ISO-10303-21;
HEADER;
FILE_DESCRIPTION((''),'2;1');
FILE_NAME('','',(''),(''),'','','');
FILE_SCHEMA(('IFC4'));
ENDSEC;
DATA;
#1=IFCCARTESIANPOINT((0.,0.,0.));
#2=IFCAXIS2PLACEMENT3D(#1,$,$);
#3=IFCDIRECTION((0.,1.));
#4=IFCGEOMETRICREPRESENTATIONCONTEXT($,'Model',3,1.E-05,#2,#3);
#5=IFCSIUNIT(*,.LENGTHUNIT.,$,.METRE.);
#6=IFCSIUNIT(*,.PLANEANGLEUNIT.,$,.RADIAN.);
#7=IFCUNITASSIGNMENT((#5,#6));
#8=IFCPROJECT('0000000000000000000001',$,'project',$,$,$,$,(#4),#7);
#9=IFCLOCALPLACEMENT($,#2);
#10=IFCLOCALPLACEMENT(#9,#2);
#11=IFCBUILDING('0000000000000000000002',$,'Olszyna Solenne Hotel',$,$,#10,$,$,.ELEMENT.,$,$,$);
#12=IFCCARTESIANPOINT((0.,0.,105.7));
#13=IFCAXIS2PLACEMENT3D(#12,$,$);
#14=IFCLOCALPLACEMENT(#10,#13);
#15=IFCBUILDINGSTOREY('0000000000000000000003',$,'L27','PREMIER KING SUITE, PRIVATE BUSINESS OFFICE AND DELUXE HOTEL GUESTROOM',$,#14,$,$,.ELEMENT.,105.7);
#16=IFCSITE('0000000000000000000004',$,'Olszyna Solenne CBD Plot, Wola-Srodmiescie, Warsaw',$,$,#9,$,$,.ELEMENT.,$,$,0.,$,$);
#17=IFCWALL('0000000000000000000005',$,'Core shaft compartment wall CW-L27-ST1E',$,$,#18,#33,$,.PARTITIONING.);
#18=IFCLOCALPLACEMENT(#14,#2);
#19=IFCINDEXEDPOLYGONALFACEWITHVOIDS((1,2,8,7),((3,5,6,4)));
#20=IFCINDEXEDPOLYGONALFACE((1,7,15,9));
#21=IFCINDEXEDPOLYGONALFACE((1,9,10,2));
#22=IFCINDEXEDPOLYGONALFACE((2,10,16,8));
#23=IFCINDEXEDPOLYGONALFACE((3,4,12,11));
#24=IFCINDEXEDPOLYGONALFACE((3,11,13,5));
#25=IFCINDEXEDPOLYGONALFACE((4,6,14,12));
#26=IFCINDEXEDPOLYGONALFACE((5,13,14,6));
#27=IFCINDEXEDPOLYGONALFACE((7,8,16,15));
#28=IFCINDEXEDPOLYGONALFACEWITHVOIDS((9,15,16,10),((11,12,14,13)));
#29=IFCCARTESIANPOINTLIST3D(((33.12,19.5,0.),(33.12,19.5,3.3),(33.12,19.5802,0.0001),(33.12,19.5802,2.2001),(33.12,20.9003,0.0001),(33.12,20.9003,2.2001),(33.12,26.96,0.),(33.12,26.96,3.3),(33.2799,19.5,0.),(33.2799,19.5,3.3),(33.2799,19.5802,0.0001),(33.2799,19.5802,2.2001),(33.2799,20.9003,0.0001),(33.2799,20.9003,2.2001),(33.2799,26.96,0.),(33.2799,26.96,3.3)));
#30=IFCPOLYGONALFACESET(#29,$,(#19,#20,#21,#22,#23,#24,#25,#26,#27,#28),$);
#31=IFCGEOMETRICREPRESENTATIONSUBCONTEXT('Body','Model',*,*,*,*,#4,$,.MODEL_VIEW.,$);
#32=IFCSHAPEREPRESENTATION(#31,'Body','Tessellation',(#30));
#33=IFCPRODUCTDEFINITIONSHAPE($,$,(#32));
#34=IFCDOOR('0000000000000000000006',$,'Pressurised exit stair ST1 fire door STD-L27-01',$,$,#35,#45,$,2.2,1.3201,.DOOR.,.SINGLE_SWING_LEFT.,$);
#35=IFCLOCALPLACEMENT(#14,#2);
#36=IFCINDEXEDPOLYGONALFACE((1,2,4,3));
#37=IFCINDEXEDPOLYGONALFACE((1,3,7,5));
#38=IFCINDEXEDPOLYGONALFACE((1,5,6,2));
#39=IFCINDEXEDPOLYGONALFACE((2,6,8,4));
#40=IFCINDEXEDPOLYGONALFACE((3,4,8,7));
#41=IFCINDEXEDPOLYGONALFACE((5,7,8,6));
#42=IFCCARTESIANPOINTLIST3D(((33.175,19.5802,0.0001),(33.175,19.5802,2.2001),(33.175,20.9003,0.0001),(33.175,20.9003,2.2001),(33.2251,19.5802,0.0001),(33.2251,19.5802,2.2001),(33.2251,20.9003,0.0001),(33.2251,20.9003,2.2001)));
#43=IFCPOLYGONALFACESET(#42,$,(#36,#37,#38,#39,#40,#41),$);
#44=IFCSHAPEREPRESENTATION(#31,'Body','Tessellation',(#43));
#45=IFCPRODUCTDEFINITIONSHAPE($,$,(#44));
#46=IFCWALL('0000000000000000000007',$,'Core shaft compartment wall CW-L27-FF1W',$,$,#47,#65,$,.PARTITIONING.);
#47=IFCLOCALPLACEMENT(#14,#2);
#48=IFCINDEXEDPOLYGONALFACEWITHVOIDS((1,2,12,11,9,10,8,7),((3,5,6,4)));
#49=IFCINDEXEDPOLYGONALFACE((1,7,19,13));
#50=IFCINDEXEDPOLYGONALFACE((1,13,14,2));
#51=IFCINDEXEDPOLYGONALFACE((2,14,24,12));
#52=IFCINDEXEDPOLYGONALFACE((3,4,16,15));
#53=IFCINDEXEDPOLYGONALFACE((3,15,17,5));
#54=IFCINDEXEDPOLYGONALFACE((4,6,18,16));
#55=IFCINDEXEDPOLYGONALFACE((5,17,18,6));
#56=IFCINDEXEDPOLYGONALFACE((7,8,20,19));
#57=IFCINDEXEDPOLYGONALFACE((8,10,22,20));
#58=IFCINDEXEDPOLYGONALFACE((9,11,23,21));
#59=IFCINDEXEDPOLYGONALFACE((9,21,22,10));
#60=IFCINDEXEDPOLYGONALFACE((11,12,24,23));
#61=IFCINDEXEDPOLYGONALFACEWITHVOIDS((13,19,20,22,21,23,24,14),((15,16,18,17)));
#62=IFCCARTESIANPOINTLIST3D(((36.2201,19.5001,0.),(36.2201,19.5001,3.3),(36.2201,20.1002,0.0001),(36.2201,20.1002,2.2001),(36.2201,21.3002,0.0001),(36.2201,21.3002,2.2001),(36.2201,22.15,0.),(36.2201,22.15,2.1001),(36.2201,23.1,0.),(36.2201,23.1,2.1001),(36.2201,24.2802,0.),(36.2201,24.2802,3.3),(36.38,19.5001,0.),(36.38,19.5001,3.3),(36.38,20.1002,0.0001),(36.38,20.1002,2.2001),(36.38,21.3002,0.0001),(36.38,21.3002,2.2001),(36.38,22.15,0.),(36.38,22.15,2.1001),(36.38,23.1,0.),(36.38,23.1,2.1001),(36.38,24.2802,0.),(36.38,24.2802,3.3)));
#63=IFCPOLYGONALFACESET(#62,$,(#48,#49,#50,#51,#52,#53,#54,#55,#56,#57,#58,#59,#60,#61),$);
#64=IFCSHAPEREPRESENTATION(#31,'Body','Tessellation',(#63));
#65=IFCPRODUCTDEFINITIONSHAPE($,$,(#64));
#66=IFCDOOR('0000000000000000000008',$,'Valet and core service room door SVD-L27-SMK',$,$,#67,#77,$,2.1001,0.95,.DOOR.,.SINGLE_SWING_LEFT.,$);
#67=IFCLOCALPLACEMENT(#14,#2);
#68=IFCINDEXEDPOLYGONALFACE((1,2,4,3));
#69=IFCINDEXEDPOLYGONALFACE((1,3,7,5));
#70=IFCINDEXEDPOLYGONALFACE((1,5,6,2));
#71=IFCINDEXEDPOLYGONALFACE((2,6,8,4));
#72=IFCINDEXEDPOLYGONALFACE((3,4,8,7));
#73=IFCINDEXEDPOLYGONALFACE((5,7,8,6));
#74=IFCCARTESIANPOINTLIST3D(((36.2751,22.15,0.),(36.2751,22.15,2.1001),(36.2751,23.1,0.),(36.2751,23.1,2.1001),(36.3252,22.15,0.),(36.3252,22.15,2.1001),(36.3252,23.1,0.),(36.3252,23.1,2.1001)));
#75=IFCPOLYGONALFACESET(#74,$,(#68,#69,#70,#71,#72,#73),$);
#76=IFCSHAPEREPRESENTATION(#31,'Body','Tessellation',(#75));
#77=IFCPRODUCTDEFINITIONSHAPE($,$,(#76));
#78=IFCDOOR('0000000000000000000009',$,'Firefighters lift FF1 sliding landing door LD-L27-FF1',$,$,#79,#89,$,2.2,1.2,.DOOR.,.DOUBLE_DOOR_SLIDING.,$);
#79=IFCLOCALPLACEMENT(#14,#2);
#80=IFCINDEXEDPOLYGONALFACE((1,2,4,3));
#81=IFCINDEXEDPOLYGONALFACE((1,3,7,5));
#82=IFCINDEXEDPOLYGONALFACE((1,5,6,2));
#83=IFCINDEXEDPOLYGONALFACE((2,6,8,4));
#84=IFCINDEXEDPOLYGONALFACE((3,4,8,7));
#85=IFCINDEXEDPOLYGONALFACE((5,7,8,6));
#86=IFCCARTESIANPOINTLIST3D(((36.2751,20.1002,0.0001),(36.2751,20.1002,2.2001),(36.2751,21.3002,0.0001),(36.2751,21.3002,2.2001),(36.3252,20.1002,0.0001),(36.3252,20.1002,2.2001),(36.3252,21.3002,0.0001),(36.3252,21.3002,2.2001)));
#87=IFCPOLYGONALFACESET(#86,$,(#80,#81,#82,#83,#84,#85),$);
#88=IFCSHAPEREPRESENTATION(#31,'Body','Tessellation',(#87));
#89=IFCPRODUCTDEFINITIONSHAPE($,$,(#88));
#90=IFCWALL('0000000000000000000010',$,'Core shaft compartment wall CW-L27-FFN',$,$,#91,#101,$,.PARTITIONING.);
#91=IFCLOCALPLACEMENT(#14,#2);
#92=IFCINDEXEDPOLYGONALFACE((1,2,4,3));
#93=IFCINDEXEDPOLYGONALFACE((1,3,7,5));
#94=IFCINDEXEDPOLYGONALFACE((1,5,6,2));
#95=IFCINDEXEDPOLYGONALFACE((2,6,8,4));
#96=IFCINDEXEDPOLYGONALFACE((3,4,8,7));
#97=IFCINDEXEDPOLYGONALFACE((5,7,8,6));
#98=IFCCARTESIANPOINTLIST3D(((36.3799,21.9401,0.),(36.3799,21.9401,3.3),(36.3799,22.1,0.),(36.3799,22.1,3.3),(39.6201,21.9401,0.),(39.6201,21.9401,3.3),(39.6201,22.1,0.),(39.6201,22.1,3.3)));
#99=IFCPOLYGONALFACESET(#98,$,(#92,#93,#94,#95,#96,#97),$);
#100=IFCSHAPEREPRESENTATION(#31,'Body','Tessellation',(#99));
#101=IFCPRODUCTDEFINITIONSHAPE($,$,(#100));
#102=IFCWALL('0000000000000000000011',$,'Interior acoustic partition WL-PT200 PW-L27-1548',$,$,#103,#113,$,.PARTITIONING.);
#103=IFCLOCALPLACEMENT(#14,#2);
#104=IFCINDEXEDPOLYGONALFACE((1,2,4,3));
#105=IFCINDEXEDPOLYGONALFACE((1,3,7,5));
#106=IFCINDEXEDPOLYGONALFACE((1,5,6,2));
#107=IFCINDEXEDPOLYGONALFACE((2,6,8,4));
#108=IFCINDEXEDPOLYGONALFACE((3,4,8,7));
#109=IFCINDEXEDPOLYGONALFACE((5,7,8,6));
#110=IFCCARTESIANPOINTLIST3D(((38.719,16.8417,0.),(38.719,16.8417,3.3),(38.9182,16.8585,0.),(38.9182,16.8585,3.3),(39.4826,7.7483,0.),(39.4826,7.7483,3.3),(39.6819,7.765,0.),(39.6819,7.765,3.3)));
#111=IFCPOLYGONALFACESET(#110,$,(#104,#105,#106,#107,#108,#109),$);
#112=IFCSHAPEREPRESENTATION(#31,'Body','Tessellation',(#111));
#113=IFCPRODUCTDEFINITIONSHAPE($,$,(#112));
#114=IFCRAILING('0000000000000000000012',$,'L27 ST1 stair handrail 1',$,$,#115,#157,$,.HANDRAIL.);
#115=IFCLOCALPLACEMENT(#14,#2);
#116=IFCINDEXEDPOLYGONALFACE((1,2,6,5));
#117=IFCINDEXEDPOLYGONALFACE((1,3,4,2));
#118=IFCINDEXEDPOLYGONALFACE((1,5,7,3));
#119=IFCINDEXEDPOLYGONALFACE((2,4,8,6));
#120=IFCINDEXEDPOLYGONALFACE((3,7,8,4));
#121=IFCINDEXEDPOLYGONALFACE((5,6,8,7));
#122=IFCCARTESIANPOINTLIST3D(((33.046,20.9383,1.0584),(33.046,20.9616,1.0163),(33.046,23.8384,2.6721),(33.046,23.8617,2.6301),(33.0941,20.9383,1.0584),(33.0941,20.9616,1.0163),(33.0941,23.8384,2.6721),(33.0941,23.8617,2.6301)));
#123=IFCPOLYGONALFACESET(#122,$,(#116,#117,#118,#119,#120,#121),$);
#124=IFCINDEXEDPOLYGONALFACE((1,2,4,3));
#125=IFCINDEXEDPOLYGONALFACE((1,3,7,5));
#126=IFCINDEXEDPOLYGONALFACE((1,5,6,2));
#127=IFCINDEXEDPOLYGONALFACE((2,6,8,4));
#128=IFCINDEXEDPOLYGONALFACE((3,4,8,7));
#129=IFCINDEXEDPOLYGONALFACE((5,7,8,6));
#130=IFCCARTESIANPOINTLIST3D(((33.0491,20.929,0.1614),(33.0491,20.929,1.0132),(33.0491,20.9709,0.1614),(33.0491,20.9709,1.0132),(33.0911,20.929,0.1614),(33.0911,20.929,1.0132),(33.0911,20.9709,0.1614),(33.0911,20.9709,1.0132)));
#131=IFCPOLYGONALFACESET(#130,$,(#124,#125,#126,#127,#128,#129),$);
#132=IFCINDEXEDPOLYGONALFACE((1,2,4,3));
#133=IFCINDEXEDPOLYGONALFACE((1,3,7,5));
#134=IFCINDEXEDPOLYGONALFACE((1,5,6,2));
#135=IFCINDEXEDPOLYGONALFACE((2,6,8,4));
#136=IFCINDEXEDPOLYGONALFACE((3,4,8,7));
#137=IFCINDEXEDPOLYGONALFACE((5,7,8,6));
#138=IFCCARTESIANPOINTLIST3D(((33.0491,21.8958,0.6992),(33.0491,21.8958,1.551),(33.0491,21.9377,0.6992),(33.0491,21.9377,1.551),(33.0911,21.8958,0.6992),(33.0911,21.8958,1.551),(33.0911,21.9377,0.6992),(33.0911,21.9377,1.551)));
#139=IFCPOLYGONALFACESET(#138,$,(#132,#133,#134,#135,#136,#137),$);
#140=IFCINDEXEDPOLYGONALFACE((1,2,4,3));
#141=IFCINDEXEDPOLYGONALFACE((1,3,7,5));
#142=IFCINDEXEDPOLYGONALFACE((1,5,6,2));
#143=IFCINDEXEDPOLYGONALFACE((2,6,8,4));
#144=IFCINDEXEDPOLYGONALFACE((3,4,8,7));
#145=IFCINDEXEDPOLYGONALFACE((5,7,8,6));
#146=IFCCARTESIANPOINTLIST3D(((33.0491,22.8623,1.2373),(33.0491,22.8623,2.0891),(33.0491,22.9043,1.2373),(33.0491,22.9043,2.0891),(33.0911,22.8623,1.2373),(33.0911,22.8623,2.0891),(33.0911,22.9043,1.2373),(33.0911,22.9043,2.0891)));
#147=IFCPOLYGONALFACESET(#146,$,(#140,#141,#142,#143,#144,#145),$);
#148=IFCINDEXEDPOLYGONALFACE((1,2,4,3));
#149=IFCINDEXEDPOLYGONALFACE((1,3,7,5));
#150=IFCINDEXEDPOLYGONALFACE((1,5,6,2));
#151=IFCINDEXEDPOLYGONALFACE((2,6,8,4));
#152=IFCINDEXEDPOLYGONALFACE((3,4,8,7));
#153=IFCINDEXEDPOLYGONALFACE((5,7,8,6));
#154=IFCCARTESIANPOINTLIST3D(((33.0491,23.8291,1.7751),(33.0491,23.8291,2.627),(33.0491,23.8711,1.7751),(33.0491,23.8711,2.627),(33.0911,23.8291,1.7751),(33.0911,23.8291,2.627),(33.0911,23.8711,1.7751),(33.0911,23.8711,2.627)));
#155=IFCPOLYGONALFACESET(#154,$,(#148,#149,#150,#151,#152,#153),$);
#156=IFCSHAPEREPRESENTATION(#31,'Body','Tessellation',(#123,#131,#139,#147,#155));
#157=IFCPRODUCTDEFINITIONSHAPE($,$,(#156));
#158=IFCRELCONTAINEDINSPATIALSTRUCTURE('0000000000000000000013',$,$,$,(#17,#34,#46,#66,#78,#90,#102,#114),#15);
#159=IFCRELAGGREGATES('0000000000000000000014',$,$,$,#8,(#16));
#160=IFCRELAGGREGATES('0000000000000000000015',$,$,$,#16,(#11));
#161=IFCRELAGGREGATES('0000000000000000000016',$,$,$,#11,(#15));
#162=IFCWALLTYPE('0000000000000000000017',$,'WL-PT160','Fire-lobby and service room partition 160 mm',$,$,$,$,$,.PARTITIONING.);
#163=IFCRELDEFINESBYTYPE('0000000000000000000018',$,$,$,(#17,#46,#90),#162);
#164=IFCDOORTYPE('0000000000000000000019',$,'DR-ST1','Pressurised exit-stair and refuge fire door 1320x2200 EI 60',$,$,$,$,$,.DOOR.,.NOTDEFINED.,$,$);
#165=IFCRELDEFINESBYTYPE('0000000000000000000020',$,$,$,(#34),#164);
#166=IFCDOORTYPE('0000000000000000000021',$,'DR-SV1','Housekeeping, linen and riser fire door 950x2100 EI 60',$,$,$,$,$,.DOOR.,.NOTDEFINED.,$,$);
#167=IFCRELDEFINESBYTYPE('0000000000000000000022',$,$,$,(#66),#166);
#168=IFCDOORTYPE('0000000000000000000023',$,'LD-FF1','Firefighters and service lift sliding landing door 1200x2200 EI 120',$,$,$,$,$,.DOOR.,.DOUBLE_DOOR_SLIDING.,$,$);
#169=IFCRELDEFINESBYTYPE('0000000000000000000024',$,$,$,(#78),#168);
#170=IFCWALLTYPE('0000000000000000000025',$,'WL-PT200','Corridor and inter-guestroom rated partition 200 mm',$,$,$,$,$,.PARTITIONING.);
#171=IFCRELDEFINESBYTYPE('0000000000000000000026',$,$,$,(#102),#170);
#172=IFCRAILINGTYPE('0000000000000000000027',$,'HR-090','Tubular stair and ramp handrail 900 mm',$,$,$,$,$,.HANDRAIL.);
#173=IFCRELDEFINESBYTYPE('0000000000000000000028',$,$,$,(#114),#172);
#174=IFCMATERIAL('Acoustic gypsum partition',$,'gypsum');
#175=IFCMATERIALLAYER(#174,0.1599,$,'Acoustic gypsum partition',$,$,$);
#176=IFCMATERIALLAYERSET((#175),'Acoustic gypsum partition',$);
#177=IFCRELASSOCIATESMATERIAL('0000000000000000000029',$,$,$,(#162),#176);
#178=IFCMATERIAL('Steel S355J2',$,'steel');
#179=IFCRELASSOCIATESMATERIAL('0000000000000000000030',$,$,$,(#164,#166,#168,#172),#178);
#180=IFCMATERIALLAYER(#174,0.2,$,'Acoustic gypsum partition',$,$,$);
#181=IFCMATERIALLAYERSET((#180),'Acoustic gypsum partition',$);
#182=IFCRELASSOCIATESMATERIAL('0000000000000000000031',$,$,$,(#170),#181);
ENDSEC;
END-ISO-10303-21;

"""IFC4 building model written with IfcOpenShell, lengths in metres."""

from ifc_helpers import new_model, si_unit, direction, frame, frame_2d, origin, origin_2d, place, context, subcontext, project, spatial, rectangle, extrude, source, transform, mapped, material, layer, layer_set, type_object, type_shapes, element, fill, save


model = new_model("IFC4")

# Units and contexts
model_context = context("Model", 3, precision=1e-05, world=origin(), true_north=direction((0.0, 1.0)))
body_context = subcontext(model_context, "Body", "Model", "MODEL_VIEW")
ifc_project = project(units=[si_unit("LENGTHUNIT", "METRE"), si_unit("PLANEANGLEUNIT", "RADIAN")], contexts=[model_context])

# Site, building, storey
site_placement = place(None, origin())
site = spatial("IfcSite", under=ifc_project, at=site_placement, Name="Olszyna Solenne CBD Plot, Wola-Srodmiescie, Warsaw", CompositionType="ELEMENT", RefElevation=0.0)
building_placement = place(site_placement, origin())
building = spatial("IfcBuilding", under=site, at=building_placement, Name="Olszyna Solenne Hotel", CompositionType="ELEMENT")
storey_placement = place(building_placement, frame((0.0, 0.0, 105.7)))
storey = spatial("IfcBuildingStorey", under=building, at=storey_placement, Name="L27", Description="PREMIER KING SUITE, PRIVATE BUSINESS OFFICE AND DELUXE HOTEL GUESTROOM", CompositionType="ELEMENT", Elevation=105.7)

# Shared definitions
ifc_material_1 = material(Name="Steel S355J2", Category="steel")

# Shared definitions
ifc_material_2 = material(Name="Acoustic gypsum partition", Category="gypsum")

# Wall, opening, door
ifc_layer_1 = layer(ifc_material_2, 0.1599, Name="Acoustic gypsum partition")
ifc_layer_set_1 = layer_set([ifc_layer_1], Name="Acoustic gypsum partition")
wall_type_1 = type_object("IfcWallType", Name="WL-PT160", Description="Fire-lobby and service room partition 160 mm", PredefinedType="PARTITIONING", material=ifc_layer_set_1)
wall_1_placement = place(storey_placement, frame((33.2, 19.5, 0.0), z_axis=(0.0, 0.0, 1.0), x_axis=(0.0, 1.0, 0.0)))
wall_1 = element("IfcWall", 1, at=wall_1_placement, inside=storey, type_object=wall_type_1, Name="Core shaft compartment wall CW-L27-ST1E", PredefinedType="PARTITIONING", context=body_context, shape_type="SweptSolid", body=[
    extrude(rectangle(XDim=7.46, YDim=0.1599, at=frame_2d((3.73, 0.0))), origin(), (0.0, 0.0, 1.0), 3.3),
])
opening_1_placement = place(wall_1_placement, frame((0.0801, 0.0, 0.0)))
opening_1 = element("IfcOpeningElement", 2, at=opening_1_placement, cuts=wall_1, PredefinedType="OPENING", context=body_context, shape_type="SweptSolid", body=[
    extrude(rectangle(XDim=1.3201, YDim=2.2, at=frame_2d((0.6602, 1.1001))), frame((0.0, 0.0898, 0.0), z_axis=(0.0, -1.0, 0.0), x_axis=(1.0, 0.0, 0.0)), (0.0, 0.0, 1.0), 0.1799),
])
door_type_1 = type_object("IfcDoorType", Name="DR-ST1", Description="Pressurised exit-stair and refuge fire door 1320x2200 EI 60", OperationType="NOTDEFINED", PredefinedType="DOOR", material=ifc_material_1)
shared_shape_1 = source(origin(), body_context, "Body", "SweptSolid", [
    extrude(rectangle(XDim=1.3201, YDim=2.2, at=frame_2d((0.6602, 1.1001))), frame((0.0, 0.0249, 0.0), z_axis=(0.0, -1.0, 0.0), x_axis=(1.0, 0.0, 0.0)), (0.0, 0.0, 1.0), 0.05),
])
type_shapes(door_type_1, [shared_shape_1])
door_1_placement = place(opening_1_placement, origin())
door_1 = element("IfcDoor", 3, at=door_1_placement, inside=storey, type_object=door_type_1, Name="Pressurised exit stair ST1 fire door STD-L27-01", OperationType="SINGLE_SWING_LEFT", OverallHeight=2.2, OverallWidth=1.3201, PredefinedType="DOOR", context=body_context, shape_type="MappedRepresentation", body=[
    mapped(shared_shape_1, transform((0.0, 0.0, 0.0), x_axis=(1.0, 0.0, 0.0), y_axis=(0.0, 1.0, 0.0), z_axis=(0.0, 0.0, 1.0), scale=1.0)),
])
fill(opening_1, door_1)

# Wall, openings, doors
wall_2_placement = place(storey_placement, frame((36.3, 19.5, 0.0), z_axis=(0.0, 0.0, 1.0), x_axis=(0.0, 1.0, 0.0)))
wall_2 = element("IfcWall", 4, at=wall_2_placement, inside=storey, type_object=wall_type_1, Name="Core shaft compartment wall CW-L27-FF1W", PredefinedType="PARTITIONING", context=body_context, shape_type="SweptSolid", body=[
    extrude(rectangle(XDim=4.78, YDim=0.1599, at=frame_2d((2.3901, 0.0))), origin(), (0.0, 0.0, 1.0), 3.3),
])
opening_2_placement = place(wall_2_placement, frame((0.6001, 0.0, 0.0)))
opening_2 = element("IfcOpeningElement", 5, at=opening_2_placement, cuts=wall_2, PredefinedType="OPENING", context=body_context, shape_type="SweptSolid", body=[
    extrude(rectangle(XDim=1.2, YDim=2.2, at=frame_2d((0.6001, 1.1001))), frame((0.0, 0.0898, 0.0), z_axis=(0.0, -1.0, 0.0), x_axis=(1.0, 0.0, 0.0)), (0.0, 0.0, 1.0), 0.1799),
])
opening_3_placement = place(wall_2_placement, frame((2.6499, 0.0, 0.0)))
opening_3 = element("IfcOpeningElement", 6, at=opening_3_placement, cuts=wall_2, PredefinedType="OPENING", context=body_context, shape_type="SweptSolid", body=[
    extrude(rectangle(XDim=0.95, YDim=2.1001, at=frame_2d((0.4751, 1.05))), frame((0.0, 0.0898, 0.0), z_axis=(0.0, -1.0, 0.0), x_axis=(1.0, 0.0, 0.0)), (0.0, 0.0, 1.0), 0.1799),
])
door_type_2 = type_object("IfcDoorType", Name="DR-SV1", Description="Housekeeping, linen and riser fire door 950x2100 EI 60", OperationType="NOTDEFINED", PredefinedType="DOOR", material=ifc_material_1)
shared_shape_2 = source(origin(), body_context, "Body", "SweptSolid", [
    extrude(rectangle(XDim=0.95, YDim=2.1001, at=frame_2d((0.4751, 1.05))), frame((0.0, 0.0249, 0.0), z_axis=(0.0, -1.0, 0.0), x_axis=(1.0, 0.0, 0.0)), (0.0, 0.0, 1.0), 0.05),
])
type_shapes(door_type_2, [shared_shape_2])
door_2_placement = place(opening_3_placement, origin())
door_2 = element("IfcDoor", 7, at=door_2_placement, inside=storey, type_object=door_type_2, Name="Valet and core service room door SVD-L27-SMK", OperationType="SINGLE_SWING_LEFT", OverallHeight=2.1001, OverallWidth=0.95, PredefinedType="DOOR", context=body_context, shape_type="MappedRepresentation", body=[
    mapped(shared_shape_2, transform((0.0, 0.0, 0.0), x_axis=(1.0, 0.0, 0.0), y_axis=(0.0, 1.0, 0.0), z_axis=(0.0, 0.0, 1.0), scale=1.0)),
])
fill(opening_3, door_2)
door_type_3 = type_object("IfcDoorType", Name="LD-FF1", Description="Firefighters and service lift sliding landing door 1200x2200 EI 120", OperationType="DOUBLE_DOOR_SLIDING", PredefinedType="DOOR", material=ifc_material_1)
shared_shape_3 = source(origin(), body_context, "Body", "SweptSolid", [
    extrude(rectangle(XDim=1.2, YDim=2.2, at=frame_2d((0.6001, 1.1001))), frame((0.0, 0.0249, 0.0), z_axis=(0.0, -1.0, 0.0), x_axis=(1.0, 0.0, 0.0)), (0.0, 0.0, 1.0), 0.05),
])
type_shapes(door_type_3, [shared_shape_3])
door_3_placement = place(opening_2_placement, origin())
door_3 = element("IfcDoor", 8, at=door_3_placement, inside=storey, type_object=door_type_3, Name="Firefighters lift FF1 sliding landing door LD-L27-FF1", OperationType="DOUBLE_DOOR_SLIDING", OverallHeight=2.2, OverallWidth=1.2, PredefinedType="DOOR", context=body_context, shape_type="MappedRepresentation", body=[
    mapped(shared_shape_3, transform((0.0, 0.0, 0.0), x_axis=(1.0, 0.0, 0.0), y_axis=(0.0, 1.0, 0.0), z_axis=(0.0, 0.0, 1.0), scale=1.0)),
])
fill(opening_2, door_3)

# Walls
wall_3_placement = place(storey_placement, frame((36.3799, 22.02, 0.0), z_axis=(0.0, 0.0, 1.0), x_axis=(1.0, 0.0, 0.0)))
element("IfcWall", 9, at=wall_3_placement, inside=storey, type_object=wall_type_1, Name="Core shaft compartment wall CW-L27-FFN", PredefinedType="PARTITIONING", context=body_context, shape_type="SweptSolid", body=[
    extrude(rectangle(XDim=3.2402, YDim=0.1599, at=frame_2d((1.6201, 0.0))), origin(), (0.0, 0.0, 1.0), 3.3),
])
ifc_layer_2 = layer(ifc_material_2, 0.2, Name="Acoustic gypsum partition")
ifc_layer_set_2 = layer_set([ifc_layer_2], Name="Acoustic gypsum partition")
wall_type_2 = type_object("IfcWallType", Name="WL-PT200", Description="Corridor and inter-guestroom rated partition 200 mm", PredefinedType="PARTITIONING", material=ifc_layer_set_2)
wall_4_placement = place(storey_placement, frame((38.8186, 16.8501, 0.0), z_axis=(0.0, 0.0, 1.0), x_axis=(0.083685, -0.996492, 0.0)))
element("IfcWall", 10, at=wall_4_placement, inside=storey, type_object=wall_type_2, Name="Interior acoustic partition WL-PT200 PW-L27-1548", PredefinedType="PARTITIONING", context=body_context, shape_type="SweptSolid", body=[
    extrude(rectangle(XDim=9.1255, YDim=0.2, at=frame_2d((4.5627, 0.0))), origin(), (0.0, 0.0, 1.0), 3.3),
])

# Railing
railing_type = type_object("IfcRailingType", Name="HR-090", Description="Tubular stair and ramp handrail 900 mm", PredefinedType="HANDRAIL", material=ifc_material_1)
railing_placement = place(storey_placement, frame((33.0701, 20.95, 0.1614)))
element("IfcRailing", 11, at=railing_placement, inside=storey, type_object=railing_type, Name="L27 ST1 stair handrail 1", PredefinedType="HANDRAIL", context=body_context, shape_type="SweptSolid", body=[
    extrude(rectangle(XDim=0.0481, YDim=0.0481, at=origin_2d()), frame((0.0, 0.0, 0.876), z_axis=(0.0, 0.873827, 0.486236), x_axis=(-1.0, 0.0, 0.0)), (0.0, 0.0, 1.0), 3.3188),
    extrude(rectangle(XDim=0.042, YDim=0.042, at=origin_2d()), origin(), (0.0, 0.0, 1.0), 0.8518),
    extrude(rectangle(XDim=0.042, YDim=0.042, at=origin_2d()), frame((0.0, 0.9668, 0.5378)), (0.0, 0.0, 1.0), 0.8518),
    extrude(rectangle(XDim=0.042, YDim=0.042, at=origin_2d()), frame((0.0, 1.9333, 1.0759)), (0.0, 0.0, 1.0), 0.8518),
    extrude(rectangle(XDim=0.042, YDim=0.042, at=origin_2d()), frame((0.0, 2.9001, 1.6138)), (0.0, 0.0, 1.0), 0.8518),
])

save(model, "model.ifc")
